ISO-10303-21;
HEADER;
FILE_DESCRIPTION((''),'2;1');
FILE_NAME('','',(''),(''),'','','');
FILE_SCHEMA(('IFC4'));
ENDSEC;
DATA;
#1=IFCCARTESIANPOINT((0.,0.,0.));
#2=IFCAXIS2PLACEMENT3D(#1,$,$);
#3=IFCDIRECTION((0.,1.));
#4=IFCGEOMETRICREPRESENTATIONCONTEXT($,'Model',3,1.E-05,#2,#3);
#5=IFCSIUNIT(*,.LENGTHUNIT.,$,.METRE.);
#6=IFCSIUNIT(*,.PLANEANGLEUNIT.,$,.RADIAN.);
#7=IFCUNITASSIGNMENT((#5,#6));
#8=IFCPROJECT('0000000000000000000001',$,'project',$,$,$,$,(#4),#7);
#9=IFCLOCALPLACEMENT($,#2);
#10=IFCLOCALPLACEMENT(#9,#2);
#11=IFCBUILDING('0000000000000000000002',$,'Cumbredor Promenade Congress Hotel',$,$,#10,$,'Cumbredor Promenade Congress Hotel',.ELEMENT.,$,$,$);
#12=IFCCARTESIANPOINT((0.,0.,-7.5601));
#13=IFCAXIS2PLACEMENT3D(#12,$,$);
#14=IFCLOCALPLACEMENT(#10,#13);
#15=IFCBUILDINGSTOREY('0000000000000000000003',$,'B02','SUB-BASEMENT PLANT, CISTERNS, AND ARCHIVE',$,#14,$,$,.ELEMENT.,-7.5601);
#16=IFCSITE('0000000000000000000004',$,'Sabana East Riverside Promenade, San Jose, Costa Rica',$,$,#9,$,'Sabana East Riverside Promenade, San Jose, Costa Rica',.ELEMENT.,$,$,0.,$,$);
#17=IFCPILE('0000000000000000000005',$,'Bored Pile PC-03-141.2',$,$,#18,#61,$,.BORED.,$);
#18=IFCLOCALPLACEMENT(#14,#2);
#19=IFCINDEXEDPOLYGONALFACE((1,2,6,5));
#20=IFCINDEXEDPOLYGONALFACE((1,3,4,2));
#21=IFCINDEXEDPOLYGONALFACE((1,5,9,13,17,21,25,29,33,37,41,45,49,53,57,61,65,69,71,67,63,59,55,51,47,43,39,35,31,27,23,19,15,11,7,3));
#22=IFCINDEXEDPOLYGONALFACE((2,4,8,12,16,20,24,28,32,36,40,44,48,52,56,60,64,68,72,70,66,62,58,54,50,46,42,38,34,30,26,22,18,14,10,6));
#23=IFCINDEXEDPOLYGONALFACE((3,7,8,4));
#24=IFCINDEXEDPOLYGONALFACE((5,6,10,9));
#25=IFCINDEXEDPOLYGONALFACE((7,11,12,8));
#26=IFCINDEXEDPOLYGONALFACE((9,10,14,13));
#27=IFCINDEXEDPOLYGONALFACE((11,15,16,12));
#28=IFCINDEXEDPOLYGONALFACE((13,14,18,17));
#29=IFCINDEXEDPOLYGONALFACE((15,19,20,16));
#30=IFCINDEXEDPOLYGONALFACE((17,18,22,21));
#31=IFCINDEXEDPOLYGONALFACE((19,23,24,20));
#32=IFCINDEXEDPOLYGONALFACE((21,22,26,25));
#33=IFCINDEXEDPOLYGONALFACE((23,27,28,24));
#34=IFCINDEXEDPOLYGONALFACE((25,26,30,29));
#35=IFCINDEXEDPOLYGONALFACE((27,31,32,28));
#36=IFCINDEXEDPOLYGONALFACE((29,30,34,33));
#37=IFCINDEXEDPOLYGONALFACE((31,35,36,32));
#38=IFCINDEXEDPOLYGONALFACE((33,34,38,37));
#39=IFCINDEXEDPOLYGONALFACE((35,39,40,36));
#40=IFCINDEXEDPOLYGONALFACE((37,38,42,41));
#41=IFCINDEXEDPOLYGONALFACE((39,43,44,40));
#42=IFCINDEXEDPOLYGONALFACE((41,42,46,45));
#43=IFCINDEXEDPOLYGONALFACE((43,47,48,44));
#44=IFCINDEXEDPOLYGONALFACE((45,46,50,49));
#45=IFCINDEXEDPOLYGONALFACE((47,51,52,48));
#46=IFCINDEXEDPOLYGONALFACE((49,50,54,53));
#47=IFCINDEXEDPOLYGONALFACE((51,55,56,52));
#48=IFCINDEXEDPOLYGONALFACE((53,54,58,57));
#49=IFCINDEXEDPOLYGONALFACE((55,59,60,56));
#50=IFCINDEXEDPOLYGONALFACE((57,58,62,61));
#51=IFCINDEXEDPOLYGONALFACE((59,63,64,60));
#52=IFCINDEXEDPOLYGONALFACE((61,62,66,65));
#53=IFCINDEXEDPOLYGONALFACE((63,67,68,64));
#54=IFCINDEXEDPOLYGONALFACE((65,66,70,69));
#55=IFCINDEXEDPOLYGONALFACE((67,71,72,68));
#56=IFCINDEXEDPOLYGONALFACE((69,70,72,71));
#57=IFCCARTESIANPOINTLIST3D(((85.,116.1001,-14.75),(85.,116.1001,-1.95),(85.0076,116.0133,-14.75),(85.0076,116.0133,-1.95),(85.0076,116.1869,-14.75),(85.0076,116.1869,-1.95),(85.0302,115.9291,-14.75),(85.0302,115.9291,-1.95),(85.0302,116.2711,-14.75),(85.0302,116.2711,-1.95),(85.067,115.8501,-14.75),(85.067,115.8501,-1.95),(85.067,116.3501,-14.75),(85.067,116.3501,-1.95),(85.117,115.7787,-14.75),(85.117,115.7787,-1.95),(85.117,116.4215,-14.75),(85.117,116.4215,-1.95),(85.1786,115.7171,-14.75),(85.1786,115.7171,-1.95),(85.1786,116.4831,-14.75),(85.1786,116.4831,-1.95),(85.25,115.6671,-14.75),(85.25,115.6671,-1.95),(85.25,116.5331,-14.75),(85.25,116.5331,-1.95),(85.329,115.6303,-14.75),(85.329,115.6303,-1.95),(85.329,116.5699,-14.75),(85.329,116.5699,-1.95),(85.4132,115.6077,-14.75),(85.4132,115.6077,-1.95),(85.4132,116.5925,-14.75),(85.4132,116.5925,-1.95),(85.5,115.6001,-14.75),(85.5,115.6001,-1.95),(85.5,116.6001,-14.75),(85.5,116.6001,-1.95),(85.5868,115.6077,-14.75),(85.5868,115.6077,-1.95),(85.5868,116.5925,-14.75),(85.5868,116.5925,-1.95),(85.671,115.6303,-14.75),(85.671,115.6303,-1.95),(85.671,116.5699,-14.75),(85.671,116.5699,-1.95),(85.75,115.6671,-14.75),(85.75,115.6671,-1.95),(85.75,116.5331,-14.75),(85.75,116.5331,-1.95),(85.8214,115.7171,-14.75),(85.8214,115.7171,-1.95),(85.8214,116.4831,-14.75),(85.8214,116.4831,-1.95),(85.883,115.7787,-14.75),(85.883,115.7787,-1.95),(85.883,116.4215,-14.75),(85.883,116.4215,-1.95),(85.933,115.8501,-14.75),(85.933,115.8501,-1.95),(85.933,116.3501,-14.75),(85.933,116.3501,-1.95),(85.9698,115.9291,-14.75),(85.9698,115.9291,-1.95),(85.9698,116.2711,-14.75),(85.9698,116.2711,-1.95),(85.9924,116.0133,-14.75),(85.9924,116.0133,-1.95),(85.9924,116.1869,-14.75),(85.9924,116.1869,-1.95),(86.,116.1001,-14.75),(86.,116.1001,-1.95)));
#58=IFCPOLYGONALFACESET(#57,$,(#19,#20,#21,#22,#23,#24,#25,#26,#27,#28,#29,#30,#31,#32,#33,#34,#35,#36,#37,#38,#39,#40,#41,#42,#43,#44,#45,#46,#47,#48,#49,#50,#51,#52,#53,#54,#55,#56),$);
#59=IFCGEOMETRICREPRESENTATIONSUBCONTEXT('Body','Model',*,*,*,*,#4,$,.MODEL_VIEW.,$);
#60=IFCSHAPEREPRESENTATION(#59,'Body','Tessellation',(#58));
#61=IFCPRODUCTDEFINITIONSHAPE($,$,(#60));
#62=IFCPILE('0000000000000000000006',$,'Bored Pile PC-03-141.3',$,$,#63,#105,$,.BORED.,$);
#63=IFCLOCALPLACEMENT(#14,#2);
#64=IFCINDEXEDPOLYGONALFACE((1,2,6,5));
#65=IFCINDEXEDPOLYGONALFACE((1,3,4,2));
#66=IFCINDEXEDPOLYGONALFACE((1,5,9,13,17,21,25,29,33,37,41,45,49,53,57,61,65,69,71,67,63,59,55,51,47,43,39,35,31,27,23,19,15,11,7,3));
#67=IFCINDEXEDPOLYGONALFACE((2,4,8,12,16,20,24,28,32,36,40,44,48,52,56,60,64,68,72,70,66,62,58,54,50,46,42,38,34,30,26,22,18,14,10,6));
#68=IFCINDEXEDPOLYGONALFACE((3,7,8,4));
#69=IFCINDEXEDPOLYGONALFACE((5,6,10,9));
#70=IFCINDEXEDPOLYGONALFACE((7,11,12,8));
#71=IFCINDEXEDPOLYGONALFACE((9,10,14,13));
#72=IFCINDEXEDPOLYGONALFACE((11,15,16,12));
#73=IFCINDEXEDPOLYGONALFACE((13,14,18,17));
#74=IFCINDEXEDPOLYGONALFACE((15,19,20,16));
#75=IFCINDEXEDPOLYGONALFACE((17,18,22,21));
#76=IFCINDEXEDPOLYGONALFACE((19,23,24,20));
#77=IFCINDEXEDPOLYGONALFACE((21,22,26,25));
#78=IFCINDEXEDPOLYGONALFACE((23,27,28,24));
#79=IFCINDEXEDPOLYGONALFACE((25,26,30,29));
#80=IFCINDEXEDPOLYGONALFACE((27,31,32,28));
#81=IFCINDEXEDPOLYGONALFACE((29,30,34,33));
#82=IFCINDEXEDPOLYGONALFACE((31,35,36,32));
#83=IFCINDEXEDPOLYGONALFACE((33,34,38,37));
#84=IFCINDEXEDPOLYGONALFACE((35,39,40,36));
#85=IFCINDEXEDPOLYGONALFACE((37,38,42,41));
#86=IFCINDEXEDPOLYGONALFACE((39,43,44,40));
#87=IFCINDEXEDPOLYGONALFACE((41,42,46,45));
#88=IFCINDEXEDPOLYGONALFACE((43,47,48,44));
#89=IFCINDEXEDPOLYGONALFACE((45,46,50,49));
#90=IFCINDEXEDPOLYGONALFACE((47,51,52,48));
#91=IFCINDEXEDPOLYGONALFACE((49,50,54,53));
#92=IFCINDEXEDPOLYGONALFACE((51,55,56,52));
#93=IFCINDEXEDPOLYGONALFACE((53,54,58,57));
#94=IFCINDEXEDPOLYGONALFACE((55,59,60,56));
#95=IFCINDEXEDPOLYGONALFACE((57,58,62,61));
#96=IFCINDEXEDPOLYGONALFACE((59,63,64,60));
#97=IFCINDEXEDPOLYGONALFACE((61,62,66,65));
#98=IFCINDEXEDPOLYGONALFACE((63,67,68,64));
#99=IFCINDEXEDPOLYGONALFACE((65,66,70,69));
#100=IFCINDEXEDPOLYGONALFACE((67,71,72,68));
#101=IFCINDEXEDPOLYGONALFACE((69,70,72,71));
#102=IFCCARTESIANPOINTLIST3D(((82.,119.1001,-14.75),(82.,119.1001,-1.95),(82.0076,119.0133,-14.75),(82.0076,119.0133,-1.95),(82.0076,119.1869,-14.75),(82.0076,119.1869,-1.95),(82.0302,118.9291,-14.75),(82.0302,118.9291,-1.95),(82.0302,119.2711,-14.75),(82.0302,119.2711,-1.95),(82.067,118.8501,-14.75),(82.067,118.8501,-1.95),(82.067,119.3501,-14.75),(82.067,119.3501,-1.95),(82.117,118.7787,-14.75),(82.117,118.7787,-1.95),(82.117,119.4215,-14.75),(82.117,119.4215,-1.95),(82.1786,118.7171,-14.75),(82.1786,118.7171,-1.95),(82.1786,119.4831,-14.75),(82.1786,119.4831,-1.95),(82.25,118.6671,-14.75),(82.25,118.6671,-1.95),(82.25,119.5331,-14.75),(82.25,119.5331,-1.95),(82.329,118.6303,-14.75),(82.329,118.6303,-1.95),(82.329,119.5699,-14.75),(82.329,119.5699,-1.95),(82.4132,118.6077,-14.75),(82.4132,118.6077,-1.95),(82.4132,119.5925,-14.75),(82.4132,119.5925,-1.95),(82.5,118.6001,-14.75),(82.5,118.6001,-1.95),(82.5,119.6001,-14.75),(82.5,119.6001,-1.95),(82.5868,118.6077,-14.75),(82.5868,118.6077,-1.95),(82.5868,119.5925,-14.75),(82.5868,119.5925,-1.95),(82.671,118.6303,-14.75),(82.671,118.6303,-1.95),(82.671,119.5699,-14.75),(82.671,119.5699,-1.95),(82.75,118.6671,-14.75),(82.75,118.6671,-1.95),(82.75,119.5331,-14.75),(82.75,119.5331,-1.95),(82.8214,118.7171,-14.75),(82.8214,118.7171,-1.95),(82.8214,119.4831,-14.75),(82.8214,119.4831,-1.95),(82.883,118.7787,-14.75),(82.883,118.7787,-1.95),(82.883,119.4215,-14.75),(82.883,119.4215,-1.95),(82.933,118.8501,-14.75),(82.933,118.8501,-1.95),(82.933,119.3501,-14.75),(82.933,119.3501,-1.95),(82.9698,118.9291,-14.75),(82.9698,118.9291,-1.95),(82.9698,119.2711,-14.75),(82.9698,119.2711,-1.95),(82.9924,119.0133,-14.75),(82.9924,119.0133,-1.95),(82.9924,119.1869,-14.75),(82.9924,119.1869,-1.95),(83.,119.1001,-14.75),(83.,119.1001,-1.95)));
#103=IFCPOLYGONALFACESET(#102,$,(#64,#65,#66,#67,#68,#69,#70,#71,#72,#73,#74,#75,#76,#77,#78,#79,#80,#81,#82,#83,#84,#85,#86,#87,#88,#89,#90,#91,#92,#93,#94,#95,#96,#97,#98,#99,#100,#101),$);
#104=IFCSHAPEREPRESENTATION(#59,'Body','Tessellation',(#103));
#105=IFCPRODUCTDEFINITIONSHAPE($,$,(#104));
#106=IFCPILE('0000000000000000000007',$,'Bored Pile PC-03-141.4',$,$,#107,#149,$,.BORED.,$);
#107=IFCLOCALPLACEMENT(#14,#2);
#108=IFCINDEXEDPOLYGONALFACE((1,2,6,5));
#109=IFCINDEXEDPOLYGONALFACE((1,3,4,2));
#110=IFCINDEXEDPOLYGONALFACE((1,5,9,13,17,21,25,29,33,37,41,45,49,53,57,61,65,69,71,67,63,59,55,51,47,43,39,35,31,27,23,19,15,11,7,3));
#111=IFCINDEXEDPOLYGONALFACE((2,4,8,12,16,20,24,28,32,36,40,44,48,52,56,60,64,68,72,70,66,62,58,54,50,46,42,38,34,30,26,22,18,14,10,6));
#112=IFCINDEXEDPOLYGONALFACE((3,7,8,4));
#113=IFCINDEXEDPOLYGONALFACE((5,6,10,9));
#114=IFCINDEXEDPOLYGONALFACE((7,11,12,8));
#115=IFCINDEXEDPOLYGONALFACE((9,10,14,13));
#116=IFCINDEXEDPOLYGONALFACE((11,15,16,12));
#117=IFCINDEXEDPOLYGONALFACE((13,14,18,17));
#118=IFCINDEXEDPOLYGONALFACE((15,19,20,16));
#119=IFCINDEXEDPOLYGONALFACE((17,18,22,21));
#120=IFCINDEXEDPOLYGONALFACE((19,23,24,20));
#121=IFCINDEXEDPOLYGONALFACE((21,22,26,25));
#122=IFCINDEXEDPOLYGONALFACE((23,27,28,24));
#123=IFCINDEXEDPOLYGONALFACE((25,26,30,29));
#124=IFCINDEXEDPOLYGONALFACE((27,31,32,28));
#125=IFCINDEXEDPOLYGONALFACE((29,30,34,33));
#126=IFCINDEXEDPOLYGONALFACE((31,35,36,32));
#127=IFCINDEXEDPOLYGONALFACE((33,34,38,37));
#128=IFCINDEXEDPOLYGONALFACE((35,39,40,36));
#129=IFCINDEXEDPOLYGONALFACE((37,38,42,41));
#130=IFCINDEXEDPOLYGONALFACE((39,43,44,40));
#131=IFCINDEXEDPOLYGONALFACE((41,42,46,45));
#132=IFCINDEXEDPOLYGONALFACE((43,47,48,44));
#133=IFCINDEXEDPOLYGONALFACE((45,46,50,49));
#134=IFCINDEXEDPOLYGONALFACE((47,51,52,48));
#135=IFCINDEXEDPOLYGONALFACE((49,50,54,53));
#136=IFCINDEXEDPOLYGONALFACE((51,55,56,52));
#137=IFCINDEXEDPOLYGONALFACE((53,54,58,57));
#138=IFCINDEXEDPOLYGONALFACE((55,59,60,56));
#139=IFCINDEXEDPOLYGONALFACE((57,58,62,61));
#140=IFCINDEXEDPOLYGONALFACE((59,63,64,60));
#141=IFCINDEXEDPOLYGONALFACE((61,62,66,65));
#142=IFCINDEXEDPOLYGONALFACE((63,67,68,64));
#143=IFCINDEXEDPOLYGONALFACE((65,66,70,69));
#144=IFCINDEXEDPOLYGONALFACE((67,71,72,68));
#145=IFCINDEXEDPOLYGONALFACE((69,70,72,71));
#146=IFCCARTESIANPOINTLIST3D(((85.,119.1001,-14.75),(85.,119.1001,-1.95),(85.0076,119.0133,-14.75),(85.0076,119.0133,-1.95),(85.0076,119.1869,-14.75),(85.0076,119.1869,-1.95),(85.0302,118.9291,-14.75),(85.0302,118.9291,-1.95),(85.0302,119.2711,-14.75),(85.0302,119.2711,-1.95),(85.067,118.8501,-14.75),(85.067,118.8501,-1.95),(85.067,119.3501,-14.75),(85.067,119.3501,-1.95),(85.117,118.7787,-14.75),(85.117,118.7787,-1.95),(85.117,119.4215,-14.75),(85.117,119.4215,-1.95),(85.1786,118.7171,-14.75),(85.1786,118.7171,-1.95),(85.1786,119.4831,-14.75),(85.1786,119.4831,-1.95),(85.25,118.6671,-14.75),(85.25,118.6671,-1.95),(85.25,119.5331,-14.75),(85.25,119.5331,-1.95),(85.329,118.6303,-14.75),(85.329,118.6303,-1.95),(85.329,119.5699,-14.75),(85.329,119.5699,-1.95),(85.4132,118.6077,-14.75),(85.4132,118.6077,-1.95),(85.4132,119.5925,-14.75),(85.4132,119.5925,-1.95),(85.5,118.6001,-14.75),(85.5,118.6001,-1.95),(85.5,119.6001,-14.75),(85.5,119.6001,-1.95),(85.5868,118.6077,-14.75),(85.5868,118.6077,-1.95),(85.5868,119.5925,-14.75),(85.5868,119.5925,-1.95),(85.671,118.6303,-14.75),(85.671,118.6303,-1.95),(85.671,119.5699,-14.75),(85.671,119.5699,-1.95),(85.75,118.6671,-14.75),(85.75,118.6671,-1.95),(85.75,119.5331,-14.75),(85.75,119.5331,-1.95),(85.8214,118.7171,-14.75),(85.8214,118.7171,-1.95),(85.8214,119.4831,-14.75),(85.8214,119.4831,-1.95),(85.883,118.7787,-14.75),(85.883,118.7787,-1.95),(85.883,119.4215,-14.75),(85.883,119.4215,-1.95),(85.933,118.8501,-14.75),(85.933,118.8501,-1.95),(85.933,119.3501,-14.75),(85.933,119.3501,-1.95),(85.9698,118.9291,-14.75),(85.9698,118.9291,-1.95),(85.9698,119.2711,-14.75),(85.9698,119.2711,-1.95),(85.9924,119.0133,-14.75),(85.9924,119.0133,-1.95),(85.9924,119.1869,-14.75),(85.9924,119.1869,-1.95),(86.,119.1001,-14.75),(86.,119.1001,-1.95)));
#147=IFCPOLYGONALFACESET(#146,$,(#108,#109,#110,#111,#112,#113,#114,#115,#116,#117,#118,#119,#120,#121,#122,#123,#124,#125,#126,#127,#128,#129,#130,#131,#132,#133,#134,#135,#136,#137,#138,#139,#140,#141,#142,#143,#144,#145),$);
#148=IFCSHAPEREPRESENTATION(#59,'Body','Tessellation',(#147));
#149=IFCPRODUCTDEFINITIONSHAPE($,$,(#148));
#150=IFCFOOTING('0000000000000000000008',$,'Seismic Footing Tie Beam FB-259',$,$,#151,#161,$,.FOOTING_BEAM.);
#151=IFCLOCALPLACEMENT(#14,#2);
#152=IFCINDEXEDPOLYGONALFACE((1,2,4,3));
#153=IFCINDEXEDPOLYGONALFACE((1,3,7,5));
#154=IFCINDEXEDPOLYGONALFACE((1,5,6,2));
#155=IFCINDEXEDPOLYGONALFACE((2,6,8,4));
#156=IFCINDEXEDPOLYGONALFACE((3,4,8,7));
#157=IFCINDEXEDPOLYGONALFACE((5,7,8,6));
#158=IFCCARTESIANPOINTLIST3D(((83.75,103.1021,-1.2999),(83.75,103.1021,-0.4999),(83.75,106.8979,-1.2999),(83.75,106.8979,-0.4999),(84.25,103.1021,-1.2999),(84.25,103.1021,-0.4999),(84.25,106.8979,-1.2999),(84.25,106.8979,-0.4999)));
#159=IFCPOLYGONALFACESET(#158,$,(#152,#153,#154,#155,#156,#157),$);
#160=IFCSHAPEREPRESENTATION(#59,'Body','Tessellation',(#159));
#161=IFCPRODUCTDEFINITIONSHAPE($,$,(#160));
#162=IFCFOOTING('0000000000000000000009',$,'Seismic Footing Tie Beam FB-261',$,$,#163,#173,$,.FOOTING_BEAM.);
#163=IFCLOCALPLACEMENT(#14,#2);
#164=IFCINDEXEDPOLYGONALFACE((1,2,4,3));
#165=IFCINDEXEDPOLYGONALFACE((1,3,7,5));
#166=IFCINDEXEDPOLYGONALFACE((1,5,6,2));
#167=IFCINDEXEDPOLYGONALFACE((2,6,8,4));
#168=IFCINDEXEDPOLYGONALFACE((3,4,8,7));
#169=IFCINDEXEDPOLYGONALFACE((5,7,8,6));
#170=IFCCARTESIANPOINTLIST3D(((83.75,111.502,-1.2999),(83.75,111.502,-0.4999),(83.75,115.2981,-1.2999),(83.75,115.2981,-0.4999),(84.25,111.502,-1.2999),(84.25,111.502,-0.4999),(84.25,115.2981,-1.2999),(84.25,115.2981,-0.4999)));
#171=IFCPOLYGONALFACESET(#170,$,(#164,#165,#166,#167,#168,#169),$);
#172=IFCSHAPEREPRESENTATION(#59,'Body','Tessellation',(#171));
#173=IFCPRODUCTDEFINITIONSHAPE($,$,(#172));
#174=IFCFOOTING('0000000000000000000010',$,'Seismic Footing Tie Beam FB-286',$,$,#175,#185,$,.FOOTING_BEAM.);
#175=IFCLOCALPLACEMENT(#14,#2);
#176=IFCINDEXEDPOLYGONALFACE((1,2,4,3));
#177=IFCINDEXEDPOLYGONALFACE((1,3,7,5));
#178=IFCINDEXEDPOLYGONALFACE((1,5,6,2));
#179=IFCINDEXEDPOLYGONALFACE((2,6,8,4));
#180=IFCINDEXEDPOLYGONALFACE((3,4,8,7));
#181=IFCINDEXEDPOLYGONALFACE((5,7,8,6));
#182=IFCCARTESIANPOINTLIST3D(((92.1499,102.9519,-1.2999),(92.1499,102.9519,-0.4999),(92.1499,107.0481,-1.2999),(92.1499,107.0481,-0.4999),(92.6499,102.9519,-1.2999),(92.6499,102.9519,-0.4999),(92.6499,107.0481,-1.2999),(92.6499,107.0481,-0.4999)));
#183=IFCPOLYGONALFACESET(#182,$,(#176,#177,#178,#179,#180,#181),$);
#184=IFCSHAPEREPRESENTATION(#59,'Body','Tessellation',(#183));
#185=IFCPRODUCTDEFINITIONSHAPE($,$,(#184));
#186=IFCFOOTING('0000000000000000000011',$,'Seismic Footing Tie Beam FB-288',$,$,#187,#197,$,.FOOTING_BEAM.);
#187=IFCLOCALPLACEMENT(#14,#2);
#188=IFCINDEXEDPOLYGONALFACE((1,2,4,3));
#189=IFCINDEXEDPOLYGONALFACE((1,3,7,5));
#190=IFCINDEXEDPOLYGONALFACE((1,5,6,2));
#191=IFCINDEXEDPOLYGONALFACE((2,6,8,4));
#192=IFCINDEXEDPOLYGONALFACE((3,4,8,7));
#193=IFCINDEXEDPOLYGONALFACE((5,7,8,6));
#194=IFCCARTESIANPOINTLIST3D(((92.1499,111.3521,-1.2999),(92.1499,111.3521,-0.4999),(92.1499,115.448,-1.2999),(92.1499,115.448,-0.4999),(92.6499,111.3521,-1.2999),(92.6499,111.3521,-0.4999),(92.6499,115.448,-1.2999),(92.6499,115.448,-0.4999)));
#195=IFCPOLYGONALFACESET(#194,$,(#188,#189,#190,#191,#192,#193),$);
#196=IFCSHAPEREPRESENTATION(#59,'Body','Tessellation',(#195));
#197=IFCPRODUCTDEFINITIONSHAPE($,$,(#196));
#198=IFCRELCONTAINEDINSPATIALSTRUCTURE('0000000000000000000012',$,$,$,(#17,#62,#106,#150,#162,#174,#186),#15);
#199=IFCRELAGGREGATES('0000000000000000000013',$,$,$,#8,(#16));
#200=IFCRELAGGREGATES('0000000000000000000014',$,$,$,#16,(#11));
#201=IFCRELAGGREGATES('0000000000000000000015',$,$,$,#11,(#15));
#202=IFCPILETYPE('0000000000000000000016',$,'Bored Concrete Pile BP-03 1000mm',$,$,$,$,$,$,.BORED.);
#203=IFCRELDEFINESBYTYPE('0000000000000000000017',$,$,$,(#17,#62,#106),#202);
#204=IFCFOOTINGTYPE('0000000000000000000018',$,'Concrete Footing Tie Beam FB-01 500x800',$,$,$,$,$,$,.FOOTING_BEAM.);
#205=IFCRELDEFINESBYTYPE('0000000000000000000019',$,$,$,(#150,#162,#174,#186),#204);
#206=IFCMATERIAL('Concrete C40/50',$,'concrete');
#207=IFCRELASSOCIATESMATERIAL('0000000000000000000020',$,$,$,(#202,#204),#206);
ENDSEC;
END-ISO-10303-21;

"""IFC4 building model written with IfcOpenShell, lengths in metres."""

from ifc_helpers import new_model, si_unit, direction, frame, origin, origin_2d, place, context, subcontext, project, spatial, rectangle, circle, extrude, material, material_profile, profile_set, type_object, element, save


model = new_model("IFC4")

# Units and contexts
model_context = context("Model", 3, precision=1e-05, world=origin(), true_north=direction((0.0, 1.0)))
body_context = subcontext(model_context, "Body", "Model", "MODEL_VIEW")
ifc_project = project(units=[si_unit("LENGTHUNIT", "METRE"), si_unit("PLANEANGLEUNIT", "RADIAN")], contexts=[model_context])

# Site, building, storey
site_placement = place(None, origin())
site = spatial("IfcSite", under=ifc_project, at=site_placement, Name="Sabana East Riverside Promenade, San Jose, Costa Rica", LongName="Sabana East Riverside Promenade, San Jose, Costa Rica", CompositionType="ELEMENT", RefElevation=0.0)
building_placement = place(site_placement, origin())
building = spatial("IfcBuilding", under=site, at=building_placement, Name="Cumbredor Promenade Congress Hotel", LongName="Cumbredor Promenade Congress Hotel", CompositionType="ELEMENT")
storey_placement = place(building_placement, frame((0.0, 0.0, -7.5601)))
storey = spatial("IfcBuildingStorey", under=building, at=storey_placement, Name="B02", Description="SUB-BASEMENT PLANT, CISTERNS, AND ARCHIVE", CompositionType="ELEMENT", Elevation=-7.5601)

# Piles
ifc_material_1 = material(Name="Concrete C40/50", Category="concrete")
ifc_material_profile_1 = material_profile(ifc_material_1, circle(Radius=0.5, at=origin_2d()), Name="PILE D1000")
ifc_profile_set_1 = profile_set([ifc_material_profile_1], Name="Concrete C40/50")
pile_type_1 = type_object("IfcPileType", Name="Bored Concrete Pile BP-03 1000mm", PredefinedType="BORED", material=ifc_profile_set_1)
for number, where, z_axis, x_axis, name in (
    (1, (85.5, 116.1001, -1.95), (0.0, 0.0, -1.0), (1.0, 0.0, 0.0), "Bored Pile PC-03-141.2"),
    (2, (82.5, 119.1001, -1.95), (0.0, 0.0, -1.0), (1.0, 0.0, 0.0), "Bored Pile PC-03-141.3"),
    (3, (85.5, 119.1001, -1.95), (0.0, 0.0, -1.0), (1.0, 0.0, 0.0), "Bored Pile PC-03-141.4"),
):
    element("IfcPile", number, at=place(storey_placement, frame(where, z_axis=z_axis, x_axis=x_axis)), inside=storey, type_object=pile_type_1, Name=name, PredefinedType="BORED", context=body_context, shape_type="SweptSolid", body=[
        extrude(circle(Radius=0.5, at=origin_2d()), origin(), (0.0, 0.0, 1.0), 12.8),
    ])

# Footings
ifc_material_profile_2 = material_profile(ifc_material_1, rectangle(XDim=0.5, YDim=0.8, at=origin_2d()), Name="FB 500x800")
ifc_profile_set_2 = profile_set([ifc_material_profile_2], Name="Concrete C40/50")
footing_type_1 = type_object("IfcFootingType", Name="Concrete Footing Tie Beam FB-01 500x800", PredefinedType="FOOTING_BEAM", material=ifc_profile_set_2)
footing_1_placement = place(storey_placement, frame((84.0, 103.1021, -0.8999), z_axis=(0.0, 1.0, 0.0), x_axis=(-1.0, 0.0, 0.0)))
element("IfcFooting", 4, at=footing_1_placement, inside=storey, type_object=footing_type_1, Name="Seismic Footing Tie Beam FB-259", PredefinedType="FOOTING_BEAM", context=body_context, shape_type="SweptSolid", body=[
    extrude(rectangle(XDim=0.5, YDim=0.8, at=origin_2d()), origin(), (0.0, 0.0, 1.0), 3.7959),
])
footing_2_placement = place(storey_placement, frame((84.0, 111.502, -0.8999), z_axis=(0.0, 1.0, 0.0), x_axis=(-1.0, 0.0, 0.0)))
element("IfcFooting", 5, at=footing_2_placement, inside=storey, type_object=footing_type_1, Name="Seismic Footing Tie Beam FB-261", PredefinedType="FOOTING_BEAM", context=body_context, shape_type="SweptSolid", body=[
    extrude(rectangle(XDim=0.5, YDim=0.8, at=origin_2d()), origin(), (0.0, 0.0, 1.0), 3.7961),
])
footing_3_placement = place(storey_placement, frame((92.3999, 102.9519, -0.8999), z_axis=(0.0, 1.0, 0.0), x_axis=(-1.0, 0.0, 0.0)))
element("IfcFooting", 6, at=footing_3_placement, inside=storey, type_object=footing_type_1, Name="Seismic Footing Tie Beam FB-286", PredefinedType="FOOTING_BEAM", context=body_context, shape_type="SweptSolid", body=[
    extrude(rectangle(XDim=0.5, YDim=0.8, at=origin_2d()), origin(), (0.0, 0.0, 1.0), 4.0962),
])
footing_4_placement = place(storey_placement, frame((92.3999, 111.3521, -0.8999), z_axis=(0.0, 1.0, 0.0), x_axis=(-1.0, 0.0, 0.0)))
element("IfcFooting", 7, at=footing_4_placement, inside=storey, type_object=footing_type_1, Name="Seismic Footing Tie Beam FB-288", PredefinedType="FOOTING_BEAM", context=body_context, shape_type="SweptSolid", body=[
    extrude(rectangle(XDim=0.5, YDim=0.8, at=origin_2d()), origin(), (0.0, 0.0, 1.0), 4.0959),
])

save(model, "model.ifc")
